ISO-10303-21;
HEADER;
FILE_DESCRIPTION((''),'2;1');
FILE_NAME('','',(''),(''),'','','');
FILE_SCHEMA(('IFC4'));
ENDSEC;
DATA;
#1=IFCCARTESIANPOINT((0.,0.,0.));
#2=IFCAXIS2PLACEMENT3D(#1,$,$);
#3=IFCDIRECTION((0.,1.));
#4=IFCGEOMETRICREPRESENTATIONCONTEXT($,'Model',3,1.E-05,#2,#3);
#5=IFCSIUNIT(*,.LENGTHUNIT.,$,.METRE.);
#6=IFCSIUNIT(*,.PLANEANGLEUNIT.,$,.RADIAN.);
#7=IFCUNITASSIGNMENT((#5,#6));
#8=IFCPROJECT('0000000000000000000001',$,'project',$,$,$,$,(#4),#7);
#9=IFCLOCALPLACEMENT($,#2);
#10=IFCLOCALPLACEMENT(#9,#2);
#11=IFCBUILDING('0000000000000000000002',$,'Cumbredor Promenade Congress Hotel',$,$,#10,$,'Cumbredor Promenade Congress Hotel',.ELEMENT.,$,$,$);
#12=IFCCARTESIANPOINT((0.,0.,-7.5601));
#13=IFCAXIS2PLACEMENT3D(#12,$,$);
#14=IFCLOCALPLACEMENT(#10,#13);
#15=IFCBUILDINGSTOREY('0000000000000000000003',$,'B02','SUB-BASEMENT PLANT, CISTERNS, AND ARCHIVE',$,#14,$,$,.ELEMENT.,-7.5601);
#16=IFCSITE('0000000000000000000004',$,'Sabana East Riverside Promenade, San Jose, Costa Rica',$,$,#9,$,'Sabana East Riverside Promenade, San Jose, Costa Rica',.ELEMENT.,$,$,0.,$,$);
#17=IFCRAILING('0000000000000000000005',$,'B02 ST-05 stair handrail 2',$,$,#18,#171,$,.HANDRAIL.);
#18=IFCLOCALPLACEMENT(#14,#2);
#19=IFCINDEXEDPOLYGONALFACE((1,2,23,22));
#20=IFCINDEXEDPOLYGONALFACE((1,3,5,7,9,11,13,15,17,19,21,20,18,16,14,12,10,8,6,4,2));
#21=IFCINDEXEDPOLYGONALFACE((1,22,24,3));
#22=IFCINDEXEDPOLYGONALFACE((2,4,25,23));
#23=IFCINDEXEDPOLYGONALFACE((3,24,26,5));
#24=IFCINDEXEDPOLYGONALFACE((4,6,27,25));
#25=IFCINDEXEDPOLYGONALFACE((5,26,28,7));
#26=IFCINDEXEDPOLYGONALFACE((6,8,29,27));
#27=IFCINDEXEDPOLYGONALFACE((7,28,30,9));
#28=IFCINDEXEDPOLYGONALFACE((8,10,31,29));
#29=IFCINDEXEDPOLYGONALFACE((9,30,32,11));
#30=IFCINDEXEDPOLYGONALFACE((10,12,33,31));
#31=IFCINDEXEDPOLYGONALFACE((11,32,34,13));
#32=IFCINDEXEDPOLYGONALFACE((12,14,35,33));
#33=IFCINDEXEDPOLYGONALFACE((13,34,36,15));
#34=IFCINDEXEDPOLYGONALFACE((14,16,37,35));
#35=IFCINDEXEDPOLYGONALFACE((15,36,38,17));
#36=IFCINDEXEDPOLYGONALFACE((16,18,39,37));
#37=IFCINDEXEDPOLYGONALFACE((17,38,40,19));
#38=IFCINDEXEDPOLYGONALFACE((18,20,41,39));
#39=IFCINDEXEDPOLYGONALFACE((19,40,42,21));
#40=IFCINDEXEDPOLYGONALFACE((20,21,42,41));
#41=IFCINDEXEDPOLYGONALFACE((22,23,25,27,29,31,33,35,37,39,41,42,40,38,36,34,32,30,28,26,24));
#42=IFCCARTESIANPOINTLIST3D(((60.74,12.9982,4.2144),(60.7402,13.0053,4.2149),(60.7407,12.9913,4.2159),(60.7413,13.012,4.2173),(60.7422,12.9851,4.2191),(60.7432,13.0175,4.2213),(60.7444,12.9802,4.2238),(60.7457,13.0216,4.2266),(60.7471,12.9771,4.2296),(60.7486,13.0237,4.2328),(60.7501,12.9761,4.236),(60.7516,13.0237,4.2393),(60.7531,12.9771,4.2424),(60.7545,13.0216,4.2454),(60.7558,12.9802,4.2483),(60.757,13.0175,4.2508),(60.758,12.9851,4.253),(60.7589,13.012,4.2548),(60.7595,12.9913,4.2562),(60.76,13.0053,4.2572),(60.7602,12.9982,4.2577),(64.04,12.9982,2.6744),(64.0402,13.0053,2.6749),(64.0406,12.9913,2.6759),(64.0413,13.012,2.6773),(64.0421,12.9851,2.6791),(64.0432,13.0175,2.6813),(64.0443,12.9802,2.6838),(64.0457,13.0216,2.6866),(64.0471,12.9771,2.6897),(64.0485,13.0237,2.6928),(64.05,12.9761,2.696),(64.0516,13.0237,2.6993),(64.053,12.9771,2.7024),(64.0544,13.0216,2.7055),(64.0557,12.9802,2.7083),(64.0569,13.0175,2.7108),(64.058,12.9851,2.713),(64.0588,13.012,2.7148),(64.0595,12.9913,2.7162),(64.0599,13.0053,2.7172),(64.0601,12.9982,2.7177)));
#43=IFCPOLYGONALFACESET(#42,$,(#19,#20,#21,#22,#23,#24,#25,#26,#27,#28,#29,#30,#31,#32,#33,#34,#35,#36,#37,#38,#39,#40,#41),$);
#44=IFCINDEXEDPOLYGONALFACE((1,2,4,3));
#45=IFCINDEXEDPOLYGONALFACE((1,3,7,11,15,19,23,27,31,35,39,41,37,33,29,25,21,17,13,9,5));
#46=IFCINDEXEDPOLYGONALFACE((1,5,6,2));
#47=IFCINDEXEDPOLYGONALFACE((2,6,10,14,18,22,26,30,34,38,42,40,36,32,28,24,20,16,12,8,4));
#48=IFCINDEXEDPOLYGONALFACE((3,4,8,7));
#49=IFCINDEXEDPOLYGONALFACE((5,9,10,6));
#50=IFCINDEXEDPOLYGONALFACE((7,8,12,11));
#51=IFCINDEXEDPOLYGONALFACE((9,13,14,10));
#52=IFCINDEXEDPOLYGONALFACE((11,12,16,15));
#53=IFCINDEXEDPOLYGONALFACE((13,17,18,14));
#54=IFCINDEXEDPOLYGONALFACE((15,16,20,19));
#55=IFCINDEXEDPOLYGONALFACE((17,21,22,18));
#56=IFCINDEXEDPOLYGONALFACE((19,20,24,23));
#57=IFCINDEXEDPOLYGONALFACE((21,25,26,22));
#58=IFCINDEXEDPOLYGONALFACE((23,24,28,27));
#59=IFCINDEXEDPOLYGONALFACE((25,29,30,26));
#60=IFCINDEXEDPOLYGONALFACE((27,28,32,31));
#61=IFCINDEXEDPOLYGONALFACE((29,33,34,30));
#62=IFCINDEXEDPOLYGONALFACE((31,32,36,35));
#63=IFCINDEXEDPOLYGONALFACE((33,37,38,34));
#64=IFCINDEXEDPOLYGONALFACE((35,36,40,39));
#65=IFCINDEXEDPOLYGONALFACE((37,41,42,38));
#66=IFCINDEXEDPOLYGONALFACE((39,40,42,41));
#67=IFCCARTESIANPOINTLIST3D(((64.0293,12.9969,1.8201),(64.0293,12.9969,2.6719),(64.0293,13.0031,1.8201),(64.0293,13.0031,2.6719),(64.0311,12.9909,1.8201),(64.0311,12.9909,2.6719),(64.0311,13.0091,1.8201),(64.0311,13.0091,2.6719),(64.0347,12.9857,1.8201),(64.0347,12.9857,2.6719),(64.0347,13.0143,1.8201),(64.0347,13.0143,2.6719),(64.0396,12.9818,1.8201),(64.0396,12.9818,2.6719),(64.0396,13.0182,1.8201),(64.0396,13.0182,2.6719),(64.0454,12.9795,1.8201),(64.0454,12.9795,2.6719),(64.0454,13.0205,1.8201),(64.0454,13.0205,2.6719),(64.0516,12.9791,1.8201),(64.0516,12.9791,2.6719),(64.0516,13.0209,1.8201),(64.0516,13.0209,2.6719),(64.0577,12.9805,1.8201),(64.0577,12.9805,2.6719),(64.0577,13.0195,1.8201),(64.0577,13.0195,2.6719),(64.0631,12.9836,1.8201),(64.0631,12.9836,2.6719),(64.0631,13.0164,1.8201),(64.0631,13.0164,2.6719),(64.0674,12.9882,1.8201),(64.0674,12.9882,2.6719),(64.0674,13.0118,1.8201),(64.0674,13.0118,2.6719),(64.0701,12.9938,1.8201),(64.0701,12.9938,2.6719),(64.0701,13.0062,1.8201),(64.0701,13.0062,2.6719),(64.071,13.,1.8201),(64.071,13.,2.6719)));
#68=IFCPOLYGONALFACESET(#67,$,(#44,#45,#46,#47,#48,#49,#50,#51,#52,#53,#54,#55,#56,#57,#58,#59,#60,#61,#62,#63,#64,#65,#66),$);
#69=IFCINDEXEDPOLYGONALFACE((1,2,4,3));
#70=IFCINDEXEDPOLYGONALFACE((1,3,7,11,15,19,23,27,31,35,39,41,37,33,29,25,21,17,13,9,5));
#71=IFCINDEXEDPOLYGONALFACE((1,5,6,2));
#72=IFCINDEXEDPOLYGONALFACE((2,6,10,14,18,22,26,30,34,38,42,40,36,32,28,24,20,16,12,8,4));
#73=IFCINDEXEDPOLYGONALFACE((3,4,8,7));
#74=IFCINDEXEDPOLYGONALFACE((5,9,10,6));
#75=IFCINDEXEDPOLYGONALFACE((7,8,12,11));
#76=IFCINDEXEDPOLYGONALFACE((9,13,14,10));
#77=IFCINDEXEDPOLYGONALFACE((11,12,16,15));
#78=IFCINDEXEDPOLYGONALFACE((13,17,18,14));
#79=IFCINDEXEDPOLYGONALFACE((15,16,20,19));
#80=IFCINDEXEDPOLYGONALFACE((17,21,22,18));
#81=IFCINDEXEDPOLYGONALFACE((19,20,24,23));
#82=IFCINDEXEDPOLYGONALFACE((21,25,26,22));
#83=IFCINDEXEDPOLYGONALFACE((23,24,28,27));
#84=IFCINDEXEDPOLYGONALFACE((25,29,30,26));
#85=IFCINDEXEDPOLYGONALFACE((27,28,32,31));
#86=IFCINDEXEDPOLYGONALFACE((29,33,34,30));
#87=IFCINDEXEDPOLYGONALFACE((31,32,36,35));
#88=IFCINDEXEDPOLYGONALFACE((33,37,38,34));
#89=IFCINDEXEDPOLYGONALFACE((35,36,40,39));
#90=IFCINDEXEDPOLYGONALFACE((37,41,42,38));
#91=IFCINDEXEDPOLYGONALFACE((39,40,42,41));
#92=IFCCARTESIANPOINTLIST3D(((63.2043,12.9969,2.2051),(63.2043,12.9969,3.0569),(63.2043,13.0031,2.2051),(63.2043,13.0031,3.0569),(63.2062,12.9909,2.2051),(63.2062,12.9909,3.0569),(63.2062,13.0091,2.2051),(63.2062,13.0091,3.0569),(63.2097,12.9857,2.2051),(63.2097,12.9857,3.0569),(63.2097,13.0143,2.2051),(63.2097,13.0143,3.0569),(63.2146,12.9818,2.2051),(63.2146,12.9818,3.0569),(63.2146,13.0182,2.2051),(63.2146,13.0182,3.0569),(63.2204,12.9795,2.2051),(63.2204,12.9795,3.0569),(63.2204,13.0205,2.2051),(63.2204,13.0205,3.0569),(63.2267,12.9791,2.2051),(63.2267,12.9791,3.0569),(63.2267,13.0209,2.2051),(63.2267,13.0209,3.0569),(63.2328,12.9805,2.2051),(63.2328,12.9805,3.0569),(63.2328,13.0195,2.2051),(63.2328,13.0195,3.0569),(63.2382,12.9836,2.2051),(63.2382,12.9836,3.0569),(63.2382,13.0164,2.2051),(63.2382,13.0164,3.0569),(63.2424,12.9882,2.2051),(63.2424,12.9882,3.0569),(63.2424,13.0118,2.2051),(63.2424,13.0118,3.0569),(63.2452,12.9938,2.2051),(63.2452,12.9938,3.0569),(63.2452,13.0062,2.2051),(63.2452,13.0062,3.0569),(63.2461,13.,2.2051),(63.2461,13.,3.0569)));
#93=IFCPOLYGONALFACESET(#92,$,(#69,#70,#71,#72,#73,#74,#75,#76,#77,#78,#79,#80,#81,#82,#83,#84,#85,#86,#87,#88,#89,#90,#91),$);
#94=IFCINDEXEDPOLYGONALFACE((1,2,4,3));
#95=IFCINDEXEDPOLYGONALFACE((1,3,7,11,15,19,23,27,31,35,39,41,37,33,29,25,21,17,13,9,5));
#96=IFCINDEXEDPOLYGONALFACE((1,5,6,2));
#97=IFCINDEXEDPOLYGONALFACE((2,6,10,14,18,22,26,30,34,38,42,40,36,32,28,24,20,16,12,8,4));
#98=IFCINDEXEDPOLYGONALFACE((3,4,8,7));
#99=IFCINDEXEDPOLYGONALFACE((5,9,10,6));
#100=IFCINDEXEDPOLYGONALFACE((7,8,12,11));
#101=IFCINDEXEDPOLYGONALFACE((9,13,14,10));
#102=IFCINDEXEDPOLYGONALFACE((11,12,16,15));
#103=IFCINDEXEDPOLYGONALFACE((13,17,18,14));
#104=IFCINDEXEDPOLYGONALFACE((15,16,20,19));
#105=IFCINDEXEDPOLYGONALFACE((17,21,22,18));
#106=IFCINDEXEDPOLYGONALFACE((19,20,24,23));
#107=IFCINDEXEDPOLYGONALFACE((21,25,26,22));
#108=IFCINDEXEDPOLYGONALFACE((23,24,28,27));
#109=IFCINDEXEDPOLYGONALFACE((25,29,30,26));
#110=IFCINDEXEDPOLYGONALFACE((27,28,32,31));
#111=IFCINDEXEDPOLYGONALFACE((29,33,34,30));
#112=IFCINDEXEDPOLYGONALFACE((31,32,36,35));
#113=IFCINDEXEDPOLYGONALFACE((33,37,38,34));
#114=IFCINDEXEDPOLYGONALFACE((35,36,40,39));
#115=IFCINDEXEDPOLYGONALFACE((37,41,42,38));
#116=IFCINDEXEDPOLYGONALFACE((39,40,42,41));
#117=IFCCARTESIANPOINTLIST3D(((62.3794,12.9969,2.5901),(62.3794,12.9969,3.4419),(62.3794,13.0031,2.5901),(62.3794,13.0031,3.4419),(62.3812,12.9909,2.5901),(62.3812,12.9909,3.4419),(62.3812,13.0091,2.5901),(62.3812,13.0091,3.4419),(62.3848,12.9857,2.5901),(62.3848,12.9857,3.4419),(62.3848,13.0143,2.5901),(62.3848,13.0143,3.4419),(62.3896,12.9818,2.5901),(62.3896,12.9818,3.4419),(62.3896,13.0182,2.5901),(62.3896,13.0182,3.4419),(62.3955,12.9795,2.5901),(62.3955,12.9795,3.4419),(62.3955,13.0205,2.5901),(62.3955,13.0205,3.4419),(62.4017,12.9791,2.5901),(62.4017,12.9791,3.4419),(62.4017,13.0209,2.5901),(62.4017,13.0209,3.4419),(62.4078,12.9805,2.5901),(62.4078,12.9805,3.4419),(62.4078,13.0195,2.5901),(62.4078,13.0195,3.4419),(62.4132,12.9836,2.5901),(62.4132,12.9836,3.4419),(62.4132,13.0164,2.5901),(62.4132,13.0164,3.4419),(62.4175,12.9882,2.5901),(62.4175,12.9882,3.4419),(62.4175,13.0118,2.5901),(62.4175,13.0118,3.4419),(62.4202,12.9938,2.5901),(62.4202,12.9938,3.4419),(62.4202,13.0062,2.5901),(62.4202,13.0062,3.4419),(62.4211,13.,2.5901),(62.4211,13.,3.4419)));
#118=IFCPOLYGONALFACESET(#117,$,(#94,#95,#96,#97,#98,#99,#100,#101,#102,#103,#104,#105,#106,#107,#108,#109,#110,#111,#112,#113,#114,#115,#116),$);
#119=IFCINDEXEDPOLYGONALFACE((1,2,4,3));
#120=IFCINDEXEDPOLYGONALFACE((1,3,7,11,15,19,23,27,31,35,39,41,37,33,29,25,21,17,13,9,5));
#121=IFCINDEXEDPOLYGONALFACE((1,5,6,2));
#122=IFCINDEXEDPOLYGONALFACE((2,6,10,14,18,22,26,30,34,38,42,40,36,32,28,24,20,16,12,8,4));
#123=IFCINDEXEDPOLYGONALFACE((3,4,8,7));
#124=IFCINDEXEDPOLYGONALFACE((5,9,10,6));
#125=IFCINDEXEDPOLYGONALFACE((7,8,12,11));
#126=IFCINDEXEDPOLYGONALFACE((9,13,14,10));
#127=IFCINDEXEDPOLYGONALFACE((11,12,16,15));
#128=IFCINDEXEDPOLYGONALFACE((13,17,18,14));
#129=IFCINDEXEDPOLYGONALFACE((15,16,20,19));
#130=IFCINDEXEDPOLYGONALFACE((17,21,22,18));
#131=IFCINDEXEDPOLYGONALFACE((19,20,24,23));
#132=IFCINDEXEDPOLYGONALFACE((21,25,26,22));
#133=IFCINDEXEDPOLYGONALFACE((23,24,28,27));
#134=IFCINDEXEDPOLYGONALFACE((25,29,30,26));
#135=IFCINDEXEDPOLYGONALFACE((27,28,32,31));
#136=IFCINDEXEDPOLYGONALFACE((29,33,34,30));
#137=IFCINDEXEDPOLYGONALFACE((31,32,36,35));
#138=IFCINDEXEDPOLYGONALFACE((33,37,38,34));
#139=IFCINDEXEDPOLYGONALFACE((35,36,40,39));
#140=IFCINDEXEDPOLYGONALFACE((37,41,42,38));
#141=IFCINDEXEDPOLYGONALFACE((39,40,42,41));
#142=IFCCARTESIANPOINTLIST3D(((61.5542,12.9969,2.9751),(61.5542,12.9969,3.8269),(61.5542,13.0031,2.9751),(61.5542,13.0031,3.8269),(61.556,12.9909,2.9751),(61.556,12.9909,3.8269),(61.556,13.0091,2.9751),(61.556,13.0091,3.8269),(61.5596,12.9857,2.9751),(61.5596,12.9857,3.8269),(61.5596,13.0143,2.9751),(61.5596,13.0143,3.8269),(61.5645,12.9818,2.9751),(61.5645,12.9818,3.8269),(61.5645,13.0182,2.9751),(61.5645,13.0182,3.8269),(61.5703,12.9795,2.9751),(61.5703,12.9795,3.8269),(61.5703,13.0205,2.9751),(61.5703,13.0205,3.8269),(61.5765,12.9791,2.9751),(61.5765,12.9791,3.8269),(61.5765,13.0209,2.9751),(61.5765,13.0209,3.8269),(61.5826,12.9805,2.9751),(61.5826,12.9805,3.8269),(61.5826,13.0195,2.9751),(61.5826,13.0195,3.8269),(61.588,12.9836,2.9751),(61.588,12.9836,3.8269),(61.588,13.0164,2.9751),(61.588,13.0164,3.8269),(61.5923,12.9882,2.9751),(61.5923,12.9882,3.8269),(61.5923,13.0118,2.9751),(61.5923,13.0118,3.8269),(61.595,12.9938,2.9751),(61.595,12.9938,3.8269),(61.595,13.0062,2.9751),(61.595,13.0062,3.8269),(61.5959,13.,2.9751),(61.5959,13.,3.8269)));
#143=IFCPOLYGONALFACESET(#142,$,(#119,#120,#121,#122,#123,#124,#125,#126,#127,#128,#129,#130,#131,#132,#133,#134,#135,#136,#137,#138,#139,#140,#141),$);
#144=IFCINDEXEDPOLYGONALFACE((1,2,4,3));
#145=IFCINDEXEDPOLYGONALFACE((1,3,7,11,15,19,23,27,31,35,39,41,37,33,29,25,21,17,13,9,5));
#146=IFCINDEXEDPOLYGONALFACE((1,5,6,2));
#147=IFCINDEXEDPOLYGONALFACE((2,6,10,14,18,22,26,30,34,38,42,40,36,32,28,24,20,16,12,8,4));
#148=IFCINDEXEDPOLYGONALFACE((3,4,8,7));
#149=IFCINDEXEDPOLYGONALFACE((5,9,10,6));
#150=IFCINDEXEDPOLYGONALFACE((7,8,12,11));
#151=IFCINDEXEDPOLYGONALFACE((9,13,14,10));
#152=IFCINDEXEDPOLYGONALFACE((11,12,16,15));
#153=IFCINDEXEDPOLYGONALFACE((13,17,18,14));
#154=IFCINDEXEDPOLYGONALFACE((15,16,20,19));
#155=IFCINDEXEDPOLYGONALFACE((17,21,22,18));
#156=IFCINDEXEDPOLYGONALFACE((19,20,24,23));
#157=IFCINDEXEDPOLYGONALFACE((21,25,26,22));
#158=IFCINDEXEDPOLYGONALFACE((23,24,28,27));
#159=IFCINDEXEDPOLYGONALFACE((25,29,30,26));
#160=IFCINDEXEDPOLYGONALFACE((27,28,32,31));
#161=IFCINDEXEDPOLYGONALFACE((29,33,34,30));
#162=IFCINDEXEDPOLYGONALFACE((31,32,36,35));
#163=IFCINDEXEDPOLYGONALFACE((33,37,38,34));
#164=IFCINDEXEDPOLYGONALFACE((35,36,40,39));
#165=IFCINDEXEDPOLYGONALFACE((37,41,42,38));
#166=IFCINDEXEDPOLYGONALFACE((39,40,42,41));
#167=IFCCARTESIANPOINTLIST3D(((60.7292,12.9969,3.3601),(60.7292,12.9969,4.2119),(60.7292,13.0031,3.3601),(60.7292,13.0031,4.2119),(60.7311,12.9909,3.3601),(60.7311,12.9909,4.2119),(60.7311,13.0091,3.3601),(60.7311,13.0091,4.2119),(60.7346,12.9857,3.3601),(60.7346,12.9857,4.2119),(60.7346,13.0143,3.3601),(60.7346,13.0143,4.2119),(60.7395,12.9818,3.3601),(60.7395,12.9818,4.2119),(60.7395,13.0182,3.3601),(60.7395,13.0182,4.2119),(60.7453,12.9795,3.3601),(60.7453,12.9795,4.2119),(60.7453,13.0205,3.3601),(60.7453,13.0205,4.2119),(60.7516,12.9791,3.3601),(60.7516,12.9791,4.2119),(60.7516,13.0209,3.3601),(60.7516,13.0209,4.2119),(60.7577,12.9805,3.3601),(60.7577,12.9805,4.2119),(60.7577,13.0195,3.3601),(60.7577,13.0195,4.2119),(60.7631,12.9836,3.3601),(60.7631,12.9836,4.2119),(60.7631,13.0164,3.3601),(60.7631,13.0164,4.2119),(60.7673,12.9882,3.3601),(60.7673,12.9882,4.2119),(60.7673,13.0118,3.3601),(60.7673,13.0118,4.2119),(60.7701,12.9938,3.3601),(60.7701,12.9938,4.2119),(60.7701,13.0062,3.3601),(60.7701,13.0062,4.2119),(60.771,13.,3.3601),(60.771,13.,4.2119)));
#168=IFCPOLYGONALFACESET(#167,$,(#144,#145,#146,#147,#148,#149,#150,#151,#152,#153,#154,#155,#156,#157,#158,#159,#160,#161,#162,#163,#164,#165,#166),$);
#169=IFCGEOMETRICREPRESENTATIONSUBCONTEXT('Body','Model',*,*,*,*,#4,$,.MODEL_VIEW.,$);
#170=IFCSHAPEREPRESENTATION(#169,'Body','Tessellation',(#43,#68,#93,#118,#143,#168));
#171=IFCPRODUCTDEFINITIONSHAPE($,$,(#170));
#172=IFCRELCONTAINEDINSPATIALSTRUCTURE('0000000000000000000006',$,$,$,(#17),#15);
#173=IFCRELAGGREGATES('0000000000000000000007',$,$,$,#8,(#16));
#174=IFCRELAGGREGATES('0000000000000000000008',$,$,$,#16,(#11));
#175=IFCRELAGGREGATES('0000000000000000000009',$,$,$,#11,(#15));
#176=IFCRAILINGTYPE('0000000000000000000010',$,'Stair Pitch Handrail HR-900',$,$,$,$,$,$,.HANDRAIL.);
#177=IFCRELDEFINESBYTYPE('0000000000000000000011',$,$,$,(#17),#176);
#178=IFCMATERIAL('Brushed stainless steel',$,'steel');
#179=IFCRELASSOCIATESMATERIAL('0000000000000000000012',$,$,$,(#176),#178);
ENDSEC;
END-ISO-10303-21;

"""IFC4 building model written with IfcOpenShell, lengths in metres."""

from ifc_helpers import new_model, si_unit, direction, frame, origin, origin_2d, place, context, subcontext, project, spatial, circle, extrude, material, type_object, element, save


model = new_model("IFC4")

# Units and contexts
model_context = context("Model", 3, precision=1e-05, world=origin(), true_north=direction((0.0, 1.0)))
body_context = subcontext(model_context, "Body", "Model", "MODEL_VIEW")
ifc_project = project(units=[si_unit("LENGTHUNIT", "METRE"), si_unit("PLANEANGLEUNIT", "RADIAN")], contexts=[model_context])

# Site, building, storey
site_placement = place(None, origin())
site = spatial("IfcSite", under=ifc_project, at=site_placement, Name="Sabana East Riverside Promenade, San Jose, Costa Rica", LongName="Sabana East Riverside Promenade, San Jose, Costa Rica", CompositionType="ELEMENT", RefElevation=0.0)
building_placement = place(site_placement, origin())
building = spatial("IfcBuilding", under=site, at=building_placement, Name="Cumbredor Promenade Congress Hotel", LongName="Cumbredor Promenade Congress Hotel", CompositionType="ELEMENT")
storey_placement = place(building_placement, frame((0.0, 0.0, -7.5601)))
storey = spatial("IfcBuildingStorey", under=building, at=storey_placement, Name="B02", Description="SUB-BASEMENT PLANT, CISTERNS, AND ARCHIVE", CompositionType="ELEMENT", Elevation=-7.5601)

# Railing
ifc_material_1 = material(Name="Brushed stainless steel", Category="steel")
railing_type_1 = type_object("IfcRailingType", Name="Stair Pitch Handrail HR-900", PredefinedType="HANDRAIL", material=ifc_material_1)
railing_1_placement = place(storey_placement, frame((64.05, 13.0, 1.8201)))
element("IfcRailing", 1, at=railing_1_placement, inside=storey, type_object=railing_type_1, Name="B02 ST-05 stair handrail 2", PredefinedType="HANDRAIL", context=body_context, shape_type="SweptSolid", body=[
    extrude(circle(Radius=0.0239, at=origin_2d()), frame((0.0, 0.0, 0.876), z_axis=(-0.906181, 0.0, 0.422889), x_axis=(0.0, -1.0, 0.0)), (0.0, 0.0, 1.0), 3.6416),
    extrude(circle(Radius=0.021, at=origin_2d()), origin(), (0.0, 0.0, 1.0), 0.8518),
    extrude(circle(Radius=0.021, at=origin_2d()), frame((-0.825, 0.0, 0.385)), (0.0, 0.0, 1.0), 0.8518),
    extrude(circle(Radius=0.021, at=origin_2d()), frame((-1.6499, 0.0, 0.77)), (0.0, 0.0, 1.0), 0.8518),
    extrude(circle(Radius=0.021, at=origin_2d()), frame((-2.4751, 0.0, 1.155)), (0.0, 0.0, 1.0), 0.8518),
    extrude(circle(Radius=0.021, at=origin_2d()), frame((-3.3, 0.0, 1.54)), (0.0, 0.0, 1.0), 0.8518),
])

save(model, "model.ifc")
